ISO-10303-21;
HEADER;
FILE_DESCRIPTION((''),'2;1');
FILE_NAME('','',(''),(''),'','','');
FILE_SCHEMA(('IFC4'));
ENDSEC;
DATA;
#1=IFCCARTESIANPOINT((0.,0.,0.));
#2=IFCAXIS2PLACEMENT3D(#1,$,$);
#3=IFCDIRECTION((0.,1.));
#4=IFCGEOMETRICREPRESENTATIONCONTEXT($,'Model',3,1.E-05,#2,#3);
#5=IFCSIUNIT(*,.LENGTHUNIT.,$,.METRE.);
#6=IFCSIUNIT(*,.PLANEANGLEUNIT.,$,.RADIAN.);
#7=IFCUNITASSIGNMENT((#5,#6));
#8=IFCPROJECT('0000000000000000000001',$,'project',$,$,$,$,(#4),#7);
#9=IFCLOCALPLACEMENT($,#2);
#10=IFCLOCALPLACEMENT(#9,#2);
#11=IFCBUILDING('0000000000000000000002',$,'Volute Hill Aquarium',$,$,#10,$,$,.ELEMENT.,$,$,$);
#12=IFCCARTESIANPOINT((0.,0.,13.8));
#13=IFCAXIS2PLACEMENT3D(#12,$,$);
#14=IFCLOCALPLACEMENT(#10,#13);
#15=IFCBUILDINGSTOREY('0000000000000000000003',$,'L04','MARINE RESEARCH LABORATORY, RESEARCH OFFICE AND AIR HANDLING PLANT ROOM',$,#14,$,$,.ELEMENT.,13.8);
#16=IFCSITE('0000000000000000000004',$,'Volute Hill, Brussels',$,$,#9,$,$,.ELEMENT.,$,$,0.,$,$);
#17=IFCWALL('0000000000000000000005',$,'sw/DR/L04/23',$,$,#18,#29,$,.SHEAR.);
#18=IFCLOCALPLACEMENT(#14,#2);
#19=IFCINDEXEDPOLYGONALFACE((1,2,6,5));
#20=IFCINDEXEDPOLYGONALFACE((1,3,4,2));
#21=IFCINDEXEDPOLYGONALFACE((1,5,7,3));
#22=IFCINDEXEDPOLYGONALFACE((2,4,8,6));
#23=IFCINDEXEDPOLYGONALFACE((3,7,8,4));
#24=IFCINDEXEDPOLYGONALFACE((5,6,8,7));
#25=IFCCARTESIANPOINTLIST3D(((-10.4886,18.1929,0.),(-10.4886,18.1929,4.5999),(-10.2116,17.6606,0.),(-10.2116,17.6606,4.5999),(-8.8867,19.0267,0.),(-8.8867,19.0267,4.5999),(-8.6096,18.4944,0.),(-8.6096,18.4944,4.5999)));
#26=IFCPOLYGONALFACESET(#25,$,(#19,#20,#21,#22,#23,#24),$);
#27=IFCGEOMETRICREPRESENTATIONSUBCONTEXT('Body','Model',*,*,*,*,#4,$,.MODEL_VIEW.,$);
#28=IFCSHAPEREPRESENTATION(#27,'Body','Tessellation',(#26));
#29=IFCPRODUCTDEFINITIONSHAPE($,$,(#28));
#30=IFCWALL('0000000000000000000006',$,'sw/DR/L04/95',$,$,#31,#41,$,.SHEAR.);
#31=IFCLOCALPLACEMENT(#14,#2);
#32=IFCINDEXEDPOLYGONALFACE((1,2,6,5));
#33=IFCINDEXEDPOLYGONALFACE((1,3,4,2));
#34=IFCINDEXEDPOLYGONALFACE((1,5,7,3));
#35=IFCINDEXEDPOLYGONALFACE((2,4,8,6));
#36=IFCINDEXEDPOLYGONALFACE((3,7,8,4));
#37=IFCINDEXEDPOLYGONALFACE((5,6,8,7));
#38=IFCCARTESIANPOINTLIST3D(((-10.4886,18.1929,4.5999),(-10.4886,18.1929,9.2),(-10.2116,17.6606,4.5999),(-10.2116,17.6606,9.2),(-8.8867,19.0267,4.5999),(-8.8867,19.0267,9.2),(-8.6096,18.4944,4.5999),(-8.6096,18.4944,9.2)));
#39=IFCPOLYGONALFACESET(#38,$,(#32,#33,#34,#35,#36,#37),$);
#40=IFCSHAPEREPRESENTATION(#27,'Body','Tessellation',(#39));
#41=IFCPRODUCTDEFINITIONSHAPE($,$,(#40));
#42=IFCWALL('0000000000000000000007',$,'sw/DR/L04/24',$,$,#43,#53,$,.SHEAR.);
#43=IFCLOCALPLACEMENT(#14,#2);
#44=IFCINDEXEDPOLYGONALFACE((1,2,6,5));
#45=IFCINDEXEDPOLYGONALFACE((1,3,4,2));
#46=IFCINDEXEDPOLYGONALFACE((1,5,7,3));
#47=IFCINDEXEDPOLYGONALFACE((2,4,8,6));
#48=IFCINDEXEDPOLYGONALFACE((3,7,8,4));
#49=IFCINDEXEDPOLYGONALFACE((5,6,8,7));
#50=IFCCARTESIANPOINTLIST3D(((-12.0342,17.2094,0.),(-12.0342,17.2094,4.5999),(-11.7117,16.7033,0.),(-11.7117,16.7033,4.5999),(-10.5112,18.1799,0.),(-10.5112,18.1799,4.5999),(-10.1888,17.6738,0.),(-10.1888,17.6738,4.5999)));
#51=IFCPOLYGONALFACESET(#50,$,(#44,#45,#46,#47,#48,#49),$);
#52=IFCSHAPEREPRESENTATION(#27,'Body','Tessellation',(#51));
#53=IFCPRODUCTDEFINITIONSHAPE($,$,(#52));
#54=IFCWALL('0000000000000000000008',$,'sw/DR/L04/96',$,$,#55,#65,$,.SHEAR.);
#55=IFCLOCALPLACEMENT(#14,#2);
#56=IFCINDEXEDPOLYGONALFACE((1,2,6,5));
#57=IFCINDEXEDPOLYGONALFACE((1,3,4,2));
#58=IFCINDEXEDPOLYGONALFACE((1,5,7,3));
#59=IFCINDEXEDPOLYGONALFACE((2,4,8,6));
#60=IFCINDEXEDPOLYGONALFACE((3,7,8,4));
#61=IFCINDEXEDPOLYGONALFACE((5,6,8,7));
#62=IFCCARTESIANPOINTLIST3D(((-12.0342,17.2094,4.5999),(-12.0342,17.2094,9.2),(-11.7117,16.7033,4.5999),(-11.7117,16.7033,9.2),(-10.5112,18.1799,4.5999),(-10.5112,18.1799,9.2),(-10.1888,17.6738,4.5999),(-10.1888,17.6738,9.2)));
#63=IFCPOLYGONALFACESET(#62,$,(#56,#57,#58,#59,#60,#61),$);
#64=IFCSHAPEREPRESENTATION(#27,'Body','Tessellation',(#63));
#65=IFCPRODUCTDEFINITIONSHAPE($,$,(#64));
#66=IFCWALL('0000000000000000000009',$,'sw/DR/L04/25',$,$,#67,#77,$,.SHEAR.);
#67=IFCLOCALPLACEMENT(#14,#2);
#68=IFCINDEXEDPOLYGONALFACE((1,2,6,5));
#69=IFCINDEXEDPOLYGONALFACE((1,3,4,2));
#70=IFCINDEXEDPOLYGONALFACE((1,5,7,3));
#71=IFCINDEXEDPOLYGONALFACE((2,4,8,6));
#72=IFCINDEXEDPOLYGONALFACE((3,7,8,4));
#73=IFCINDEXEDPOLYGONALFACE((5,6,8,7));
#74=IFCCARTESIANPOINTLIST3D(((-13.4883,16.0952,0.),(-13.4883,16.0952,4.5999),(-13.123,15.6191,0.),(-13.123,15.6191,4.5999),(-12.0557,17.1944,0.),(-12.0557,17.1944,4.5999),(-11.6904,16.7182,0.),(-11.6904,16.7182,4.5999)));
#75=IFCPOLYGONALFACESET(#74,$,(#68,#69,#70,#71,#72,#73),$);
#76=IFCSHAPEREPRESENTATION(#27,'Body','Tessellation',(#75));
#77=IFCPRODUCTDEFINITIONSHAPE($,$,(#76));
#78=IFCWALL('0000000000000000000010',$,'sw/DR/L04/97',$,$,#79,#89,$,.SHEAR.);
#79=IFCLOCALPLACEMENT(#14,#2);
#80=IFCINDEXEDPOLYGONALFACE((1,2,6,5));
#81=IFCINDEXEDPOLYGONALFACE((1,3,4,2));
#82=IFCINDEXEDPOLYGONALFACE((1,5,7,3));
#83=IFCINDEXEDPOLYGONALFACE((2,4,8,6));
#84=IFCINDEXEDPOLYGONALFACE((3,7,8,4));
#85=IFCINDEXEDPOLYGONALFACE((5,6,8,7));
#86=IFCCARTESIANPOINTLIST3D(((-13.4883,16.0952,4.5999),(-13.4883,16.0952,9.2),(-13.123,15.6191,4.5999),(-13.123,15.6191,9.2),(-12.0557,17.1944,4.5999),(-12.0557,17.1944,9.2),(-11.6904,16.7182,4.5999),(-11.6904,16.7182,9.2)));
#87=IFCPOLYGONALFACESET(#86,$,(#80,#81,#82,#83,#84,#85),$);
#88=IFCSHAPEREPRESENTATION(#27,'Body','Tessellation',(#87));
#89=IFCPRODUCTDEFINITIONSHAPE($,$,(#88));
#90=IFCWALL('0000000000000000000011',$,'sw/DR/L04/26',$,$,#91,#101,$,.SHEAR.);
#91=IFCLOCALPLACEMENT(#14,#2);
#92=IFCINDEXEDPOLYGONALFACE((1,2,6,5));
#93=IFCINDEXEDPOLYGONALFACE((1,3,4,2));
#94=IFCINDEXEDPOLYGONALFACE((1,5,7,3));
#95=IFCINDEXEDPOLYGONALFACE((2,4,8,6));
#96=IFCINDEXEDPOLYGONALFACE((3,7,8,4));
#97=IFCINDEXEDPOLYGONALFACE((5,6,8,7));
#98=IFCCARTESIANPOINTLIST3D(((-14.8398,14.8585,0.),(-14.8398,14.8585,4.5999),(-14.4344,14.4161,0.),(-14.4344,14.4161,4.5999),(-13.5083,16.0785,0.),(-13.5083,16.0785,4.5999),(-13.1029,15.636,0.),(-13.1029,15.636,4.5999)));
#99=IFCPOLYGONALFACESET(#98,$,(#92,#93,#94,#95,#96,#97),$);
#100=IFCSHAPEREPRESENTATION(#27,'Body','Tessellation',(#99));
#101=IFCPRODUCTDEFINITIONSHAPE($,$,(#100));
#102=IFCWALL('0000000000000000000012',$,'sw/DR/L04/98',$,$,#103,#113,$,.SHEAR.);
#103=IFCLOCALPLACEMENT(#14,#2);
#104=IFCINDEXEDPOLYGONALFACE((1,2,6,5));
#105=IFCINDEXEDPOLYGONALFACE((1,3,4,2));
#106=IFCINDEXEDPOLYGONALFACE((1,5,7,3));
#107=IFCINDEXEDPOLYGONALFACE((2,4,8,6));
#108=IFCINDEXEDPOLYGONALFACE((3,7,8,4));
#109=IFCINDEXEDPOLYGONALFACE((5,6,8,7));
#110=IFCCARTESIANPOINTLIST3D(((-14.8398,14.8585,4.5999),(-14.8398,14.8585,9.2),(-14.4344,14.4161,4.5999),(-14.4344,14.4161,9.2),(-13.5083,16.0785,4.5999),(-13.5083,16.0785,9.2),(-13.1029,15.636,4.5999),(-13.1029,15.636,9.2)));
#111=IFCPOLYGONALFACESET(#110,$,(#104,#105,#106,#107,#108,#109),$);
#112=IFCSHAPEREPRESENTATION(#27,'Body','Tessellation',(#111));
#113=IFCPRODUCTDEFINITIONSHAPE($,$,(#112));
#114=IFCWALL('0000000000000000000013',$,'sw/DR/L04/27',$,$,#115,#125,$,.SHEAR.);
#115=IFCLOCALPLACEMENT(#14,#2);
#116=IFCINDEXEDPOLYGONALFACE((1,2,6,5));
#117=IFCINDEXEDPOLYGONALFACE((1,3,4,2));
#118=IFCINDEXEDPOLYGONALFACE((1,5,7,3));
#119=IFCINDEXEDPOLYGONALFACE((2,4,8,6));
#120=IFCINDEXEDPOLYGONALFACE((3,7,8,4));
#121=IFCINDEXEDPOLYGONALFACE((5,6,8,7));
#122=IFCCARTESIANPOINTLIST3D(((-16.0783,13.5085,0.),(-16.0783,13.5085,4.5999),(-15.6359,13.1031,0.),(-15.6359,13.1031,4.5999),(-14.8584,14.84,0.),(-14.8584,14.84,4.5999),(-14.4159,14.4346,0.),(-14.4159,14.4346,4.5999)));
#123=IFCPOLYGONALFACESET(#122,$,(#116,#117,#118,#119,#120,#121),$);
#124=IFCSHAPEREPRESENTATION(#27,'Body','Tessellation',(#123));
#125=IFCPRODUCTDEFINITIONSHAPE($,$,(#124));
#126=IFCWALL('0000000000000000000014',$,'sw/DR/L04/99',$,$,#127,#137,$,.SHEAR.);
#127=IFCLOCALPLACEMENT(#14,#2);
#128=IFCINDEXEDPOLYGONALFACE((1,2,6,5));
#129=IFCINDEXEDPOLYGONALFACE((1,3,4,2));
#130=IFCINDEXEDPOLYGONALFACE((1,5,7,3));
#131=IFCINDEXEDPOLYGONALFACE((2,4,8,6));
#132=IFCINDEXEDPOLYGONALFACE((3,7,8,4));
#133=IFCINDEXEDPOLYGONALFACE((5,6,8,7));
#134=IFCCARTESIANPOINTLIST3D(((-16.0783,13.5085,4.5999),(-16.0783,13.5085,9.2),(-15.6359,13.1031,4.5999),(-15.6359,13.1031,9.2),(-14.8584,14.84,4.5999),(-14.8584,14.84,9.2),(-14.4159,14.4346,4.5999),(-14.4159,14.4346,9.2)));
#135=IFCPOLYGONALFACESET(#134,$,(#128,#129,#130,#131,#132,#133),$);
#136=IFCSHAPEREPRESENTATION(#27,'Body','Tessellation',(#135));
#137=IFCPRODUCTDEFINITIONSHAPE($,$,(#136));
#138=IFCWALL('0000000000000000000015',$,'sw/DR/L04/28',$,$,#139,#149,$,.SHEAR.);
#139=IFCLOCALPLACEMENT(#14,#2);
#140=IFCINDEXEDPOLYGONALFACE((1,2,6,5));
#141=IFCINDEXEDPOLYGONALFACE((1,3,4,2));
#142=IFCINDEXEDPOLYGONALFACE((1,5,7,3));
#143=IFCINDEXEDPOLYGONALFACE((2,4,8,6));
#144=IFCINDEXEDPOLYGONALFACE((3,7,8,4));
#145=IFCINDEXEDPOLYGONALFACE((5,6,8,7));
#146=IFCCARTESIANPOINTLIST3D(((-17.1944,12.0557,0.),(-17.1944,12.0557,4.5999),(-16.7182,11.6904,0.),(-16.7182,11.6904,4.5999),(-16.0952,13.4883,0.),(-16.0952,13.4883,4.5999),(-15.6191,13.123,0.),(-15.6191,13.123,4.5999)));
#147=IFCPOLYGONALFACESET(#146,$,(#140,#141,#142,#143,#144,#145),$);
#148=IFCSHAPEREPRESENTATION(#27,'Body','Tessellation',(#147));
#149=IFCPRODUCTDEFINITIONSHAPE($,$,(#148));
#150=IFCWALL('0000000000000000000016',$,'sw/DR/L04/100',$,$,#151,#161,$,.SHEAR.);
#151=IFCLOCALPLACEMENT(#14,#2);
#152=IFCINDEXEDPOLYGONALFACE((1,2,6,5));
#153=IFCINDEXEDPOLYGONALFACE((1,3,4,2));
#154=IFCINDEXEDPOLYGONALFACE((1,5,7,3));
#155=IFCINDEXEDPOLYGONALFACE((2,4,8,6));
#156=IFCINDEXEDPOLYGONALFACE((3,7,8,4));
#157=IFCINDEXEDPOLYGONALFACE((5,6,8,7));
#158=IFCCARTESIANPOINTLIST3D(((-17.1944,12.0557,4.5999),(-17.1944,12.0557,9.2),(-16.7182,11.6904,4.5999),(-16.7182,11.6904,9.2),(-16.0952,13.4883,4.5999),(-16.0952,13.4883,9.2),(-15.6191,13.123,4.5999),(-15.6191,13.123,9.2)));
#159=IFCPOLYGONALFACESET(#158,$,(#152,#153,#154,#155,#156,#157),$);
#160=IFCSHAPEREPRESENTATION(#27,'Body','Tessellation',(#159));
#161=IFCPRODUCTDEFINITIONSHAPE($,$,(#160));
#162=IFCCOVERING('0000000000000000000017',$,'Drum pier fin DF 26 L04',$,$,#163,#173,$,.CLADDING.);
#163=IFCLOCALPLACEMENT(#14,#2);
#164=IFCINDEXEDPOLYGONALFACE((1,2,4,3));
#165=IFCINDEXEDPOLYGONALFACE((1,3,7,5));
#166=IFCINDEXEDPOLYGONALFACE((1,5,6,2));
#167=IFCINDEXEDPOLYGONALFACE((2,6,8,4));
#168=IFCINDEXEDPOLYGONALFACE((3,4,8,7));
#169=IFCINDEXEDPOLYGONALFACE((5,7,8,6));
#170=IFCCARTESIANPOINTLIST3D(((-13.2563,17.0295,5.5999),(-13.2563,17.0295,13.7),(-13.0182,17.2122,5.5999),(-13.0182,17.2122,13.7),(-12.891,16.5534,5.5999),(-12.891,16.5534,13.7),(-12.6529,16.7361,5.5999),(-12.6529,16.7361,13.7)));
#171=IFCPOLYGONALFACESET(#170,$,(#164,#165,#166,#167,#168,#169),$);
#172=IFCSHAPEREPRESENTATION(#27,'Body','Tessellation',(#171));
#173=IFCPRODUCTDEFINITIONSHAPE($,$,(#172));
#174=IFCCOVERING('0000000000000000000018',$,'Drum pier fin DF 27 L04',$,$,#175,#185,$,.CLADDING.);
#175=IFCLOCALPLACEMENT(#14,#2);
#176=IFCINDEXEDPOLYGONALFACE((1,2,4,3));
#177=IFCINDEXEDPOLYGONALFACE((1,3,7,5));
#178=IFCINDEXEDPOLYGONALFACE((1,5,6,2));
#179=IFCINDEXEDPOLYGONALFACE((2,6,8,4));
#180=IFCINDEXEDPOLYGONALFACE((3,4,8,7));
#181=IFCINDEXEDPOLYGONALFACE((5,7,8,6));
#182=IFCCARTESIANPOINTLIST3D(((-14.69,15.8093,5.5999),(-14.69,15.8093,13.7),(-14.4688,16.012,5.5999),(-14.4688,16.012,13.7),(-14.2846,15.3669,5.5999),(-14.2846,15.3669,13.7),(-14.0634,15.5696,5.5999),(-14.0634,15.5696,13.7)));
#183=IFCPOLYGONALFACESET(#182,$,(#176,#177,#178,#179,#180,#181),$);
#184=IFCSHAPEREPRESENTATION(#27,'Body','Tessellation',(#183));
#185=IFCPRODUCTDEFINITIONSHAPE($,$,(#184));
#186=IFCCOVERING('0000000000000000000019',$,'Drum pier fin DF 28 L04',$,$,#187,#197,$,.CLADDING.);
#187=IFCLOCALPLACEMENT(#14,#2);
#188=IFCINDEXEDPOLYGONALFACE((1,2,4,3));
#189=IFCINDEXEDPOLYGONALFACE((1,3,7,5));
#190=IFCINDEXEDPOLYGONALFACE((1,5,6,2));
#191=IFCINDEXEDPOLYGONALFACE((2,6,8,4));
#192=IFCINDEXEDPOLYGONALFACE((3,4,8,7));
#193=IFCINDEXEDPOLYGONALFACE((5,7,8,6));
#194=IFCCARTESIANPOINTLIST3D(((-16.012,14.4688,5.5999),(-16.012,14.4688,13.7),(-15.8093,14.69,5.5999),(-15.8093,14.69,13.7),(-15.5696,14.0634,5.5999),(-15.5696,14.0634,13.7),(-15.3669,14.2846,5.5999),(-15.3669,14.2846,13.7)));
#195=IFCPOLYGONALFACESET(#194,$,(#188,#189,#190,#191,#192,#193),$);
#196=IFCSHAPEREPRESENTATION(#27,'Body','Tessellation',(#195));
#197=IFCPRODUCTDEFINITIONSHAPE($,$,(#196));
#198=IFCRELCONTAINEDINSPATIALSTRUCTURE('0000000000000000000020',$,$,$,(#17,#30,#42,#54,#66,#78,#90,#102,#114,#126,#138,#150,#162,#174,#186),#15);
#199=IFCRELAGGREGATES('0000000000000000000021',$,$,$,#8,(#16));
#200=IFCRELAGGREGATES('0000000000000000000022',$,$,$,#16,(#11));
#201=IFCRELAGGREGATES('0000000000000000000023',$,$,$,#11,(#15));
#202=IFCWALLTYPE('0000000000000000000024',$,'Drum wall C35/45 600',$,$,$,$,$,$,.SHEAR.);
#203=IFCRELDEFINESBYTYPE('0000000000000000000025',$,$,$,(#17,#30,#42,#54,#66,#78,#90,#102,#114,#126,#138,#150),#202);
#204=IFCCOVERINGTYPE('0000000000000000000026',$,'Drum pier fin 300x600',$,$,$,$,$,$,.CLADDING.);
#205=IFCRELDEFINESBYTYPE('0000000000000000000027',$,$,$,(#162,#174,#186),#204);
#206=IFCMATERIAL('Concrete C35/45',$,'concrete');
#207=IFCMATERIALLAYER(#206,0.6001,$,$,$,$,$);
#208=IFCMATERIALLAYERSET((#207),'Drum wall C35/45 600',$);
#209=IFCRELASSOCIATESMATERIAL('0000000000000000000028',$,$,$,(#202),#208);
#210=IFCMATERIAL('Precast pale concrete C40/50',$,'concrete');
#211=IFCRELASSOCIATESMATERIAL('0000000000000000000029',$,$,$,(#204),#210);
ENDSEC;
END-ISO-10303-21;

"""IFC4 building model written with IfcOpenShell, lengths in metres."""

from ifc_helpers import new_model, si_unit, direction, frame, frame_2d, origin, origin_2d, place, context, subcontext, project, spatial, rectangle, extrude, material, layer, layer_set, type_object, element, save


model = new_model("IFC4")

# Units and contexts
model_context = context("Model", 3, precision=1e-05, world=origin(), true_north=direction((0.0, 1.0)))
body_context = subcontext(model_context, "Body", "Model", "MODEL_VIEW")
ifc_project = project(units=[si_unit("LENGTHUNIT", "METRE"), si_unit("PLANEANGLEUNIT", "RADIAN")], contexts=[model_context])

# Site, building, storey
site_placement = place(None, origin())
site = spatial("IfcSite", under=ifc_project, at=site_placement, Name="Volute Hill, Brussels", CompositionType="ELEMENT", RefElevation=0.0)
building_placement = place(site_placement, origin())
building = spatial("IfcBuilding", under=site, at=building_placement, Name="Volute Hill Aquarium", CompositionType="ELEMENT")
storey_placement = place(building_placement, frame((0.0, 0.0, 13.8)))
storey = spatial("IfcBuildingStorey", under=building, at=storey_placement, Name="L04", Description="MARINE RESEARCH LABORATORY, RESEARCH OFFICE AND AIR HANDLING PLANT ROOM", CompositionType="ELEMENT", Elevation=13.8)

# Walls
ifc_material_1 = material(Name="Concrete C35/45", Category="concrete")
ifc_layer = layer(ifc_material_1, 0.6001)
ifc_layer_set = layer_set([ifc_layer], Name="Drum wall C35/45 600")
wall_type = type_object("IfcWallType", Name="Drum wall C35/45 600", PredefinedType="SHEAR", material=ifc_layer_set)
wall_1_placement = place(storey_placement, frame((-8.7483, 18.7605, 0.0), z_axis=(0.0, 0.0, 1.0), x_axis=(-0.887035, -0.461702, 0.0)))
element("IfcWall", 1, at=wall_1_placement, inside=storey, type_object=wall_type, Name="sw/DR/L04/23", PredefinedType="SHEAR", context=body_context, shape_type="SweptSolid", body=[
    extrude(rectangle(XDim=1.8059, YDim=0.6001, at=frame_2d((0.9028, 0.0))), origin(), (0.0, 0.0, 1.0), 4.5999),
])
wall_2_placement = place(storey_placement, frame((-8.7483, 18.7605, 4.5999), z_axis=(0.0, 0.0, 1.0), x_axis=(-0.887035, -0.461702, 0.0)))
element("IfcWall", 2, at=wall_2_placement, inside=storey, type_object=wall_type, Name="sw/DR/L04/95", PredefinedType="SHEAR", context=body_context, shape_type="SweptSolid", body=[
    extrude(rectangle(XDim=1.8059, YDim=0.6001, at=frame_2d((0.9028, 0.0))), origin(), (0.0, 0.0, 1.0), 4.6001),
])
wall_3_placement = place(storey_placement, frame((-10.3501, 17.9268, 0.0), z_axis=(0.0, 0.0, 1.0), x_axis=(-0.843333, -0.537392, 0.0)))
element("IfcWall", 3, at=wall_3_placement, inside=storey, type_object=wall_type, Name="sw/DR/L04/24", PredefinedType="SHEAR", context=body_context, shape_type="SweptSolid", body=[
    extrude(rectangle(XDim=1.8059, YDim=0.6001, at=frame_2d((0.9028, 0.0))), origin(), (0.0, 0.0, 1.0), 4.5999),
])
wall_4_placement = place(storey_placement, frame((-10.3501, 17.9268, 4.5999), z_axis=(0.0, 0.0, 1.0), x_axis=(-0.843333, -0.537392, 0.0)))
element("IfcWall", 4, at=wall_4_placement, inside=storey, type_object=wall_type, Name="sw/DR/L04/96", PredefinedType="SHEAR", context=body_context, shape_type="SweptSolid", body=[
    extrude(rectangle(XDim=1.8059, YDim=0.6001, at=frame_2d((0.9028, 0.0))), origin(), (0.0, 0.0, 1.0), 4.6001),
])
wall_5_placement = place(storey_placement, frame((-11.873, 16.9563, 0.0), z_axis=(0.0, 0.0, 1.0), x_axis=(-0.793397, -0.608704, 0.0)))
element("IfcWall", 5, at=wall_5_placement, inside=storey, type_object=wall_type, Name="sw/DR/L04/25", PredefinedType="SHEAR", context=body_context, shape_type="SweptSolid", body=[
    extrude(rectangle(XDim=1.8057, YDim=0.6001, at=frame_2d((0.9028, 0.0))), origin(), (0.0, 0.0, 1.0), 4.5999),
])
wall_6_placement = place(storey_placement, frame((-11.873, 16.9563, 4.5999), z_axis=(0.0, 0.0, 1.0), x_axis=(-0.793397, -0.608704, 0.0)))
element("IfcWall", 6, at=wall_6_placement, inside=storey, type_object=wall_type, Name="sw/DR/L04/97", PredefinedType="SHEAR", context=body_context, shape_type="SweptSolid", body=[
    extrude(rectangle(XDim=1.8057, YDim=0.6001, at=frame_2d((0.9028, 0.0))), origin(), (0.0, 0.0, 1.0), 4.6001),
])
wall_7_placement = place(storey_placement, frame((-13.3057, 15.8572, 0.0), z_axis=(0.0, 0.0, 1.0), x_axis=(-0.737322, -0.675541, 0.0)))
element("IfcWall", 7, at=wall_7_placement, inside=storey, type_object=wall_type, Name="sw/DR/L04/26", PredefinedType="SHEAR", context=body_context, shape_type="SweptSolid", body=[
    extrude(rectangle(XDim=1.8059, YDim=0.6001, at=frame_2d((0.9028, 0.0))), origin(), (0.0, 0.0, 1.0), 4.5999),
])
wall_8_placement = place(storey_placement, frame((-13.3057, 15.8572, 4.5999), z_axis=(0.0, 0.0, 1.0), x_axis=(-0.737322, -0.675541, 0.0)))
element("IfcWall", 8, at=wall_8_placement, inside=storey, type_object=wall_type, Name="sw/DR/L04/98", PredefinedType="SHEAR", context=body_context, shape_type="SweptSolid", body=[
    extrude(rectangle(XDim=1.8059, YDim=0.6001, at=frame_2d((0.9028, 0.0))), origin(), (0.0, 0.0, 1.0), 4.6001),
])
wall_9_placement = place(storey_placement, frame((-14.6372, 14.6372, 0.0), z_axis=(0.0, 0.0, 1.0), x_axis=(-0.675541, -0.737322, 0.0)))
element("IfcWall", 9, at=wall_9_placement, inside=storey, type_object=wall_type, Name="sw/DR/L04/27", PredefinedType="SHEAR", context=body_context, shape_type="SweptSolid", body=[
    extrude(rectangle(XDim=1.8059, YDim=0.6001, at=frame_2d((0.9028, 0.0))), origin(), (0.0, 0.0, 1.0), 4.5999),
])
wall_10_placement = place(storey_placement, frame((-14.6372, 14.6372, 4.5999), z_axis=(0.0, 0.0, 1.0), x_axis=(-0.675541, -0.737322, 0.0)))
element("IfcWall", 10, at=wall_10_placement, inside=storey, type_object=wall_type, Name="sw/DR/L04/99", PredefinedType="SHEAR", context=body_context, shape_type="SweptSolid", body=[
    extrude(rectangle(XDim=1.8059, YDim=0.6001, at=frame_2d((0.9028, 0.0))), origin(), (0.0, 0.0, 1.0), 4.6001),
])
wall_11_placement = place(storey_placement, frame((-15.8572, 13.3057, 0.0), z_axis=(0.0, 0.0, 1.0), x_axis=(-0.608704, -0.793397, 0.0)))
element("IfcWall", 11, at=wall_11_placement, inside=storey, type_object=wall_type, Name="sw/DR/L04/28", PredefinedType="SHEAR", context=body_context, shape_type="SweptSolid", body=[
    extrude(rectangle(XDim=1.8057, YDim=0.6001, at=frame_2d((0.9028, 0.0))), origin(), (0.0, 0.0, 1.0), 4.5999),
])
wall_12_placement = place(storey_placement, frame((-15.8572, 13.3057, 4.5999), z_axis=(0.0, 0.0, 1.0), x_axis=(-0.608704, -0.793397, 0.0)))
element("IfcWall", 12, at=wall_12_placement, inside=storey, type_object=wall_type, Name="sw/DR/L04/100", PredefinedType="SHEAR", context=body_context, shape_type="SweptSolid", body=[
    extrude(rectangle(XDim=1.8057, YDim=0.6001, at=frame_2d((0.9028, 0.0))), origin(), (0.0, 0.0, 1.0), 4.6001),
])

# Coverings
ifc_material_2 = material(Name="Precast pale concrete C40/50", Category="concrete")
covering_type = type_object("IfcCoveringType", Name="Drum pier fin 300x600", PredefinedType="CLADDING", material=ifc_material_2)
for number, where, z_axis, x_axis, name in (
    (13, (-12.9546, 16.8828, 5.5999), (0.0, 0.0, 1.0), (-0.793353, -0.608761, 0.0), "Drum pier fin DF 26 L04"),
    (14, (-14.3767, 15.6895, 5.5999), (0.0, 0.0, 1.0), (-0.737277, -0.67559, 0.0), "Drum pier fin DF 27 L04"),
    (15, (-15.6895, 14.3767, 5.5999), (0.0, 0.0, 1.0), (-0.67559, -0.737277, 0.0), "Drum pier fin DF 28 L04"),
):
    element("IfcCovering", number, at=place(storey_placement, frame(where, z_axis=z_axis, x_axis=x_axis)), inside=storey, type_object=covering_type, Name=name, PredefinedType="CLADDING", context=body_context, shape_type="SweptSolid", body=[
        extrude(rectangle(XDim=0.3, YDim=0.6001, at=origin_2d()), origin(), (0.0, 0.0, 1.0), 8.1001),
    ])

save(model, "model.ifc")
